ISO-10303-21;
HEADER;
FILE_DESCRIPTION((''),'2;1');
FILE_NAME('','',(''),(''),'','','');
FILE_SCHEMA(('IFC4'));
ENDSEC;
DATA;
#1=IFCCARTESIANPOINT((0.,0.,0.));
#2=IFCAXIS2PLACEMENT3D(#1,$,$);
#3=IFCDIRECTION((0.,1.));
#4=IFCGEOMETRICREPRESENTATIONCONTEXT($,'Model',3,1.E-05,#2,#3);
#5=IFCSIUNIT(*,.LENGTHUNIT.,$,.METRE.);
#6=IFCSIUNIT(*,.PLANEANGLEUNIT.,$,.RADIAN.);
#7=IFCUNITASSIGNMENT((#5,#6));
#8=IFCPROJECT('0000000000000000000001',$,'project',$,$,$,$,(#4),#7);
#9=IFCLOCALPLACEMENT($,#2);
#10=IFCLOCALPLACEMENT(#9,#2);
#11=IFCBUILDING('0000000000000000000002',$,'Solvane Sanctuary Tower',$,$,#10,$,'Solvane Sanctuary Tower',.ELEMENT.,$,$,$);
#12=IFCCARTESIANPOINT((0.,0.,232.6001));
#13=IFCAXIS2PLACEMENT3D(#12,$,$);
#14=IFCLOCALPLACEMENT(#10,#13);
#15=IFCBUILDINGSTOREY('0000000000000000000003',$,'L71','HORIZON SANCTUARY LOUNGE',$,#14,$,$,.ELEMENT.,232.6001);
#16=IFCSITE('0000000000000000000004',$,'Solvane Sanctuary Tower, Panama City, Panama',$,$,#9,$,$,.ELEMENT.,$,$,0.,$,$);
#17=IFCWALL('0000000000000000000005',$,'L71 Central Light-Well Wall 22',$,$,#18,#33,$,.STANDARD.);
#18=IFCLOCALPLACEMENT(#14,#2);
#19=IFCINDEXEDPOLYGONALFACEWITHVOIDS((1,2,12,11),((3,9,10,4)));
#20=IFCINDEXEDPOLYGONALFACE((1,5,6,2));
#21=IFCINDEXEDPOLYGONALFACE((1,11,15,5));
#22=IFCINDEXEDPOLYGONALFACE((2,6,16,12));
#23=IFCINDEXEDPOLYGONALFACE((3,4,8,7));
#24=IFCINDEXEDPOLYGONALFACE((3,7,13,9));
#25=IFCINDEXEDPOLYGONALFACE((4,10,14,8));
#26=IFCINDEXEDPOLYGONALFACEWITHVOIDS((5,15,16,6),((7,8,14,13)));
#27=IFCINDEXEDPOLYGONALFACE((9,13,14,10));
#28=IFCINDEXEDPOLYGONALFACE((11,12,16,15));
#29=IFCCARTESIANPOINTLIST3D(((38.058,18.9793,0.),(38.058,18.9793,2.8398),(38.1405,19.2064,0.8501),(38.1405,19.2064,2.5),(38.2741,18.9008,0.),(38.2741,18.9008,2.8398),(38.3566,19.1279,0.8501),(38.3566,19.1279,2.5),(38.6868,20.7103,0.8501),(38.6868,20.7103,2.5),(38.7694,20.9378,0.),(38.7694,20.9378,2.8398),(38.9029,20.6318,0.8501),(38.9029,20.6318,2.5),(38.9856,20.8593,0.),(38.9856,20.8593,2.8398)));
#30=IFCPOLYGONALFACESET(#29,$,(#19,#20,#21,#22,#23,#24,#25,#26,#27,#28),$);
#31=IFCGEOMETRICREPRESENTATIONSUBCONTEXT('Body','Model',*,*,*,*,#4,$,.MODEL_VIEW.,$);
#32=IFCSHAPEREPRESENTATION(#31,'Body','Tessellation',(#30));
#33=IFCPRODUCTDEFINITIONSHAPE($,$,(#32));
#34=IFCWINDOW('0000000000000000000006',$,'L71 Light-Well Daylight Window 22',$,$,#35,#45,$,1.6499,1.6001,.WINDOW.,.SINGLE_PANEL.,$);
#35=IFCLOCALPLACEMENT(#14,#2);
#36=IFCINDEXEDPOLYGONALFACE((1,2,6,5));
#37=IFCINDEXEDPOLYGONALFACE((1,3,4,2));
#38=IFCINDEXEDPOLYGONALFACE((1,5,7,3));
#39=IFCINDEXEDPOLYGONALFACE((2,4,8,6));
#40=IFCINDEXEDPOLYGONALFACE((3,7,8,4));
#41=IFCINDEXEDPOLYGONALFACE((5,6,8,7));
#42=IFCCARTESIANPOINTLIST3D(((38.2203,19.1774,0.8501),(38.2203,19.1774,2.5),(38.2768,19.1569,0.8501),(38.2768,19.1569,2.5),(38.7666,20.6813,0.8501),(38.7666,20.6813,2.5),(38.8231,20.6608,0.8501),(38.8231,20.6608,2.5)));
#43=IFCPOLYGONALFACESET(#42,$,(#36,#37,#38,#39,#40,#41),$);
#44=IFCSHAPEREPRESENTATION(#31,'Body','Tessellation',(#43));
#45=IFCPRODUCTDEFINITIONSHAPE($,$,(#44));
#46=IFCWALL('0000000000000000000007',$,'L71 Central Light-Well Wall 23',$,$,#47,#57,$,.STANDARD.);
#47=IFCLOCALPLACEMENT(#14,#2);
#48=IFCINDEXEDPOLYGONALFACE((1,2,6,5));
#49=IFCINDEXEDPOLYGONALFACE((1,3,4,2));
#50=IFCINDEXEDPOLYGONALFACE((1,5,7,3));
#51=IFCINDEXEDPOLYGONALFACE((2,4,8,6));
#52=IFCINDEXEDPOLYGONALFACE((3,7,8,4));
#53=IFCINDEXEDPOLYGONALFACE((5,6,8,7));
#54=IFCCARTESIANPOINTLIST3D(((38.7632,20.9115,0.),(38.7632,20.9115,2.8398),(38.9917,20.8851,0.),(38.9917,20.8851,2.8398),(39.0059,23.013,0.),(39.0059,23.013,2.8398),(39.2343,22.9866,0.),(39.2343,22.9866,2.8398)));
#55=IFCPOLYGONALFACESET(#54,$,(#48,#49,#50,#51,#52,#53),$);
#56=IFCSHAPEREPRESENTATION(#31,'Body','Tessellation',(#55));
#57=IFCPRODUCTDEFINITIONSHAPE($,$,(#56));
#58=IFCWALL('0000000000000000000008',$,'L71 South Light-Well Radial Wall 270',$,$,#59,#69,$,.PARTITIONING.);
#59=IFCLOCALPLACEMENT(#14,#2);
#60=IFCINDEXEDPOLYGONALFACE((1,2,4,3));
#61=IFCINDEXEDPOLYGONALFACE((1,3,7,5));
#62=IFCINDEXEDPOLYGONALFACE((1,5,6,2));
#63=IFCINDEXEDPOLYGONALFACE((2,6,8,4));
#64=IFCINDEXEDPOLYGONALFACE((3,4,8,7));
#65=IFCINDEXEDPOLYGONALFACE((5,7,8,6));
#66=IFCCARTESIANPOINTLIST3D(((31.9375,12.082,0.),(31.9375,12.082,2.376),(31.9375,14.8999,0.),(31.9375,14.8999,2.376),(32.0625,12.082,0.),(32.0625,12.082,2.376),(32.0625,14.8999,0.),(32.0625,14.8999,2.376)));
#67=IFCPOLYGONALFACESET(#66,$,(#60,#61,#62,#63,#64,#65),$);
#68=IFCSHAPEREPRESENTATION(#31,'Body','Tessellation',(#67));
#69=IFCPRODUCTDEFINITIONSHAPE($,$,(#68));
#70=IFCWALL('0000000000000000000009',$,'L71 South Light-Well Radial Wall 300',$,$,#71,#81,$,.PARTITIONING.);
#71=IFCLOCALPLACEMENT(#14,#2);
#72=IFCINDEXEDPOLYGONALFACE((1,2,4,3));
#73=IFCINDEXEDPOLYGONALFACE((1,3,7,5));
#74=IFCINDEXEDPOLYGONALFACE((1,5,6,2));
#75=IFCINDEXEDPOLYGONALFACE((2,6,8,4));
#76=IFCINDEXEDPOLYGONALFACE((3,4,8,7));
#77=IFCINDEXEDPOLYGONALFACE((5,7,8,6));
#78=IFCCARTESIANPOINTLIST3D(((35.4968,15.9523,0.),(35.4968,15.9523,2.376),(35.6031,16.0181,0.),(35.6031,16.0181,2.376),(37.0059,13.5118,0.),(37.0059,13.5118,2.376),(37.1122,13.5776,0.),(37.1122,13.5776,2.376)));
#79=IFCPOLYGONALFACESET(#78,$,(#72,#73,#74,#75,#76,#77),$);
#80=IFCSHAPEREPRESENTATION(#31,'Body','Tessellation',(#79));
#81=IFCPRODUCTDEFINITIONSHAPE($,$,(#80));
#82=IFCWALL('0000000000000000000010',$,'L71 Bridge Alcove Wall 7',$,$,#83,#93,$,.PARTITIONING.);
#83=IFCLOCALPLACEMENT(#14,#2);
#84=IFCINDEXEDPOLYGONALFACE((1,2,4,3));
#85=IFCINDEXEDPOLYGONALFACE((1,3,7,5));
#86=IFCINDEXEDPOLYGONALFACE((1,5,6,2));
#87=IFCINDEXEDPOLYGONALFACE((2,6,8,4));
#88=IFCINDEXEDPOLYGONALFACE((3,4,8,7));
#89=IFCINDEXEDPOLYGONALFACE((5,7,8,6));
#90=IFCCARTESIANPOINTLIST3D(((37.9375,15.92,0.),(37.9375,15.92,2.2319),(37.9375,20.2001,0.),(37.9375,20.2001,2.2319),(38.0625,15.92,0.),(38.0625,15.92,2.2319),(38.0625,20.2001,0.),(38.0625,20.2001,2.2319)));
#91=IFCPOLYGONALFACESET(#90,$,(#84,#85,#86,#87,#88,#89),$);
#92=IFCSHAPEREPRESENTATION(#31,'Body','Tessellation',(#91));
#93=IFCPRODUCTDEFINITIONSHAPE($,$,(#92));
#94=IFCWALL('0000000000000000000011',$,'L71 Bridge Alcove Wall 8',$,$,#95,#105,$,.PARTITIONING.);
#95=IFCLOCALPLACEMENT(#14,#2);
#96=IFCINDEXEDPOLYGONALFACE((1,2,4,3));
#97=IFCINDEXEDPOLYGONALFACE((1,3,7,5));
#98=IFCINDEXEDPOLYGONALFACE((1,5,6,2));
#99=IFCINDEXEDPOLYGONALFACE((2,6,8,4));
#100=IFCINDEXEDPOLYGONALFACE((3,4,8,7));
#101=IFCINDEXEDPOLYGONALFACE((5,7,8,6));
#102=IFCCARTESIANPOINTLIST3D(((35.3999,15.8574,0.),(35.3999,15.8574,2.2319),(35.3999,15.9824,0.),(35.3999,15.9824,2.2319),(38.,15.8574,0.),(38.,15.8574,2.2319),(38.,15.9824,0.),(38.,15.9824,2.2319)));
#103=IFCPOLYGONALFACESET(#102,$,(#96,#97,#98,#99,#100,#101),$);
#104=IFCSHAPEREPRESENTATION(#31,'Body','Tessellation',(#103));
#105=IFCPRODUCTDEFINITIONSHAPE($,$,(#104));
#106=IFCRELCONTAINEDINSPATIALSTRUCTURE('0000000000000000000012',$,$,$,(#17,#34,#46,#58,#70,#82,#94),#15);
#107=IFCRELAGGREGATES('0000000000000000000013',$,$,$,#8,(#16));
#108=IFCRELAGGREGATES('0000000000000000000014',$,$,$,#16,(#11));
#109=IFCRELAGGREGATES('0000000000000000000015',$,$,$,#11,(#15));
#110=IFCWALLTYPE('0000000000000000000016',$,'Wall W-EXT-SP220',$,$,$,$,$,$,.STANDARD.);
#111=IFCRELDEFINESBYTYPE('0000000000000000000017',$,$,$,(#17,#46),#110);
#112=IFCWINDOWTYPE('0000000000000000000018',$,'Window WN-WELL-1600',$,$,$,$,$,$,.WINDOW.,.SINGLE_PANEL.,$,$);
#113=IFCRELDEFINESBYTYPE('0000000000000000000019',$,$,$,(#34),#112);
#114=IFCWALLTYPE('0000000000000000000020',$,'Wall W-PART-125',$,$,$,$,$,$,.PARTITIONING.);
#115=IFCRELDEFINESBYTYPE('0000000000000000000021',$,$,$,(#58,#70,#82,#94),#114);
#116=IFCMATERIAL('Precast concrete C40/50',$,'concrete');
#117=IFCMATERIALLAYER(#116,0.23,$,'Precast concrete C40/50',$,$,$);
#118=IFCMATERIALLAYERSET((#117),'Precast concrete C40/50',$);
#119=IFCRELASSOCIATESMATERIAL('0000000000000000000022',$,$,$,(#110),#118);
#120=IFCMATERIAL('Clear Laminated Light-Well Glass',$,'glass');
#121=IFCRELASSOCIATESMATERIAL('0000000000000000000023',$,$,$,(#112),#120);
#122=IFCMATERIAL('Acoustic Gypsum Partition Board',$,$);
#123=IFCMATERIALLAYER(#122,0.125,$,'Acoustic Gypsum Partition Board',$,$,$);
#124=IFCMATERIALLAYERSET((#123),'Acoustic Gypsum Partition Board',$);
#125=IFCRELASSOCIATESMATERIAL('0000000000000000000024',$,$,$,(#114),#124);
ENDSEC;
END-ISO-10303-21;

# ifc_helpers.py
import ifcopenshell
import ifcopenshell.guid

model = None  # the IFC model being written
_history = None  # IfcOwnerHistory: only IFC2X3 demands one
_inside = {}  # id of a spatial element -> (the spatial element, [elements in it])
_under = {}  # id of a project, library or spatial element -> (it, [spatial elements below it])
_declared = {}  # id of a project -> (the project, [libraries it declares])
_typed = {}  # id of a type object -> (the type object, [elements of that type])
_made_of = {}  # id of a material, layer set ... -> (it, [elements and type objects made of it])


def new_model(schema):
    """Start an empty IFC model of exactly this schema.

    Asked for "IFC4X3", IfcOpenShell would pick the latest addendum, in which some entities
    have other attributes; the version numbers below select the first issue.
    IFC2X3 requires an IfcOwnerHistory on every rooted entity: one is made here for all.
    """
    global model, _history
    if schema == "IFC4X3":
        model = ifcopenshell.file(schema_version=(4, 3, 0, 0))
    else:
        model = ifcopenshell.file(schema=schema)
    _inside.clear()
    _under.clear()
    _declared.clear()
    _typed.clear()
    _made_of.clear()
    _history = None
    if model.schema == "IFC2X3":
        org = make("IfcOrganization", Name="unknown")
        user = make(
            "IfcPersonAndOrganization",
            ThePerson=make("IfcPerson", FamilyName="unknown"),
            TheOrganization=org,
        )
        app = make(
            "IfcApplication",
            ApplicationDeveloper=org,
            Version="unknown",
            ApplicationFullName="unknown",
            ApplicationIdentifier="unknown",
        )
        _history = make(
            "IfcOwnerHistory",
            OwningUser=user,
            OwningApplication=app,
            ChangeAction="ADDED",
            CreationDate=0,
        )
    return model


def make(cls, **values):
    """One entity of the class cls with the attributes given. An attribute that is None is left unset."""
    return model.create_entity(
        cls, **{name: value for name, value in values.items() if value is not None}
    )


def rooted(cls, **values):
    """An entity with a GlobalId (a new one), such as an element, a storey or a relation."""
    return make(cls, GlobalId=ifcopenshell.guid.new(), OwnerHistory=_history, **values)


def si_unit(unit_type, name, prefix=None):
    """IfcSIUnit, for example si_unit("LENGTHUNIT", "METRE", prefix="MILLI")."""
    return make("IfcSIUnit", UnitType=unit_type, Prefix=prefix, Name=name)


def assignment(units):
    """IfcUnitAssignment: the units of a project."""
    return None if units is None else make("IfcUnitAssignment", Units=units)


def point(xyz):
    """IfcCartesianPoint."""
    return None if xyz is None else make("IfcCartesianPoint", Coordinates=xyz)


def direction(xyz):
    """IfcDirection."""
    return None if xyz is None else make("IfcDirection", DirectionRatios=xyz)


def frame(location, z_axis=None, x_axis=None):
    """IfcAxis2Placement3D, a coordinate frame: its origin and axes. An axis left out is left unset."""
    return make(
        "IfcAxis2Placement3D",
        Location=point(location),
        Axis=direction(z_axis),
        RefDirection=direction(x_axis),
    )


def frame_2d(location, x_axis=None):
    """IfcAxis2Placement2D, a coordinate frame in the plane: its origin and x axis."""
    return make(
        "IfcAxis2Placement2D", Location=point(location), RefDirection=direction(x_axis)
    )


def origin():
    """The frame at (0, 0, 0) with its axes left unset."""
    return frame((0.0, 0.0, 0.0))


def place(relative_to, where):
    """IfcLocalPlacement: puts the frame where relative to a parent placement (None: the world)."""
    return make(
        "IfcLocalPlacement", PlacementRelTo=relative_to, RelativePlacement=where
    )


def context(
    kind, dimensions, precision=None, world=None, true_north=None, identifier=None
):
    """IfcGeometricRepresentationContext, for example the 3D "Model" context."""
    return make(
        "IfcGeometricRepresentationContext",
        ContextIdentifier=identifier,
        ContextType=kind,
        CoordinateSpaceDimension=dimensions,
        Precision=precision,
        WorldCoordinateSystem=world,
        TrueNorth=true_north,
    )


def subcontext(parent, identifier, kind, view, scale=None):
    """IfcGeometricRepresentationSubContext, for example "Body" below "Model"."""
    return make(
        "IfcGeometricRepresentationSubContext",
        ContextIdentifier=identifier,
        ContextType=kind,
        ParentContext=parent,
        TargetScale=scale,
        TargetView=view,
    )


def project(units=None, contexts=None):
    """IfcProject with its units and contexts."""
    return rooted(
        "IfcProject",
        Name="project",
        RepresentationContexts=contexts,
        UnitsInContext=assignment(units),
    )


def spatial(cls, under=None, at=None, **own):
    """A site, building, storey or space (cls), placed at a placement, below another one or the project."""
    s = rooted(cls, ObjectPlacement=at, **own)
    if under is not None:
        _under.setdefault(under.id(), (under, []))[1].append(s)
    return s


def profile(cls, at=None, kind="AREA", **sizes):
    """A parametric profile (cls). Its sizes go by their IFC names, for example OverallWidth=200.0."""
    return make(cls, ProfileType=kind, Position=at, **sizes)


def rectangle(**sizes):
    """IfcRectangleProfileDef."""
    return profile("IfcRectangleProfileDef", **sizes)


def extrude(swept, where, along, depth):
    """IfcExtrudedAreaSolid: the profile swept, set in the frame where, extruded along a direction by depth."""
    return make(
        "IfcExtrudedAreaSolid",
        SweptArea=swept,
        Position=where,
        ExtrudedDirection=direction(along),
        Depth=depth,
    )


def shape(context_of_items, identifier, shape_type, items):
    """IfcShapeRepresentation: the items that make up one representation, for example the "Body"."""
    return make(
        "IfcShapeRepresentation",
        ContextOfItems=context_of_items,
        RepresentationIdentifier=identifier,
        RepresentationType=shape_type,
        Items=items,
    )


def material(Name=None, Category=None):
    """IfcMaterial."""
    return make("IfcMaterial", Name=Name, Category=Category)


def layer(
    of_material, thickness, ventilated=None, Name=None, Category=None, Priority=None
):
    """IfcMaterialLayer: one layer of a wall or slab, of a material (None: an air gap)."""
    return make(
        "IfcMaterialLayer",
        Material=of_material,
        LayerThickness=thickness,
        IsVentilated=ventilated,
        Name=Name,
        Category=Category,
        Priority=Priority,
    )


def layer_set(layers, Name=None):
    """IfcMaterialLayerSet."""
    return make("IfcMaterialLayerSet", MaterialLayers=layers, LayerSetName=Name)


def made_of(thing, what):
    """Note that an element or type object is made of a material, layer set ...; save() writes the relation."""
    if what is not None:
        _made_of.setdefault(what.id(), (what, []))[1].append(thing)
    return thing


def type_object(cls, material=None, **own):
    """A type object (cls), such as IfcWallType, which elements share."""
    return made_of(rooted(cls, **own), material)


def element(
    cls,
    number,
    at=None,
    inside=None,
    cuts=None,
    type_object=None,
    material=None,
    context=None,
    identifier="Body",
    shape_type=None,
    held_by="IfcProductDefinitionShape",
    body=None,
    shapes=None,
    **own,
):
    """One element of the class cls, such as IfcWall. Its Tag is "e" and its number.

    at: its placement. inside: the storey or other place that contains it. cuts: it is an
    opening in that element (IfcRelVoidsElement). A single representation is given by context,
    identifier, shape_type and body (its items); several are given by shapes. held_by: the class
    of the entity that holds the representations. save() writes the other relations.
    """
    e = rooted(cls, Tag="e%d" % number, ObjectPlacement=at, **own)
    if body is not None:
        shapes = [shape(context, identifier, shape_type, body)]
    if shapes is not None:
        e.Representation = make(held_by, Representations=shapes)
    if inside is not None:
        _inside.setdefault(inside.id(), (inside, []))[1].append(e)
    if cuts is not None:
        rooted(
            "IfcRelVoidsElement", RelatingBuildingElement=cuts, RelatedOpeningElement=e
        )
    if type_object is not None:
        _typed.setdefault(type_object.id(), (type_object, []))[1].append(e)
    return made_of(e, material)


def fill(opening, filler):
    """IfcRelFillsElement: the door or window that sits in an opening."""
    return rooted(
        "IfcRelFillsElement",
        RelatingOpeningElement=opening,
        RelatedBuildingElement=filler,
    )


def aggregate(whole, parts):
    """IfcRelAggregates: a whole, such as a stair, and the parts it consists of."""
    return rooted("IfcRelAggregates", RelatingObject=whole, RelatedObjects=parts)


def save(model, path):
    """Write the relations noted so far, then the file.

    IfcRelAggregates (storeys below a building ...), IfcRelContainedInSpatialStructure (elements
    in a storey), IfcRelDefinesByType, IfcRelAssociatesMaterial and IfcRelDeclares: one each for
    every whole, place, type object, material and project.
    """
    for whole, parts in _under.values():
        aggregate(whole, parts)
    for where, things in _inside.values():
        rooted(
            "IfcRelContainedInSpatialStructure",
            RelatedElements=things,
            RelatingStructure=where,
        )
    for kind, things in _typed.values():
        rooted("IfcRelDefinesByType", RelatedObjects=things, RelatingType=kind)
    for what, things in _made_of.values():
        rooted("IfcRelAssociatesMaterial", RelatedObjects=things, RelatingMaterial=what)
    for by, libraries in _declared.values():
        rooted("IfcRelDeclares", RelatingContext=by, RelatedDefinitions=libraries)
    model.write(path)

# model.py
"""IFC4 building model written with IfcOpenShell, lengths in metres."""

from ifc_helpers import new_model, si_unit, direction, frame, frame_2d, origin, place, context, subcontext, project, spatial, rectangle, extrude, material, layer, layer_set, type_object, element, fill, save


model = new_model("IFC4")

# Units and contexts
model_context = context("Model", 3, precision=1e-05, world=origin(), true_north=direction((0.0, 1.0)))
body_context = subcontext(model_context, "Body", "Model", "MODEL_VIEW")
ifc_project = project(units=[si_unit("LENGTHUNIT", "METRE"), si_unit("PLANEANGLEUNIT", "RADIAN")], contexts=[model_context])

# Site, building, storey
site_placement = place(None, origin())
site = spatial("IfcSite", under=ifc_project, at=site_placement, Name="Solvane Sanctuary Tower, Panama City, Panama", CompositionType="ELEMENT", RefElevation=0.0)
building_placement = place(site_placement, origin())
building = spatial("IfcBuilding", under=site, at=building_placement, Name="Solvane Sanctuary Tower", LongName="Solvane Sanctuary Tower", CompositionType="ELEMENT")
storey_placement = place(building_placement, frame((0.0, 0.0, 232.6001)))
storey = spatial("IfcBuildingStorey", under=building, at=storey_placement, Name="L71", Description="HORIZON SANCTUARY LOUNGE", CompositionType="ELEMENT", Elevation=232.6001)

# Shared definitions
ifc_material_1 = material(Name="Precast concrete C40/50", Category="concrete")
ifc_layer_1 = layer(ifc_material_1, 0.23, Name="Precast concrete C40/50")
ifc_layer_set_1 = layer_set([ifc_layer_1], Name="Precast concrete C40/50")
wall_type_1 = type_object("IfcWallType", Name="Wall W-EXT-SP220", PredefinedType="STANDARD", material=ifc_layer_set_1)

# Wall, opening, window
wall_1_placement = place(storey_placement, frame((38.166, 18.9399, 0.0), z_axis=(0.0, 0.0, 1.0), x_axis=(0.341423, 0.93991, 0.0)))
wall_1 = element("IfcWall", 1, at=wall_1_placement, inside=storey, type_object=wall_type_1, Name="L71 Central Light-Well Wall 22", PredefinedType="STANDARD", context=body_context, shape_type="SweptSolid", body=[
    extrude(rectangle(XDim=2.0837, YDim=0.23, at=frame_2d((1.042, 0.0))), origin(), (0.0, 0.0, 1.0), 2.8398),
])
opening_placement = place(wall_1_placement, frame((0.2417, 0.0, 0.8501)))
opening = element("IfcOpeningElement", 2, at=opening_placement, cuts=wall_1, PredefinedType="OPENING", context=body_context, shape_type="SweptSolid", body=[
    extrude(rectangle(XDim=1.6001, YDim=1.6499, at=frame_2d((0.8, 0.825))), frame((0.0, 0.125, 0.0), z_axis=(0.0, -1.0, 0.0), x_axis=(1.0, 0.0, 0.0)), (0.0, 0.0, 1.0), 0.25),
])
ifc_material_2 = material(Name="Clear Laminated Light-Well Glass", Category="glass")
window_type = type_object("IfcWindowType", Name="Window WN-WELL-1600", PartitioningType="SINGLE_PANEL", PredefinedType="WINDOW", material=ifc_material_2)
window_placement = place(opening_placement, origin())
window = element("IfcWindow", 3, at=window_placement, inside=storey, type_object=window_type, Name="L71 Light-Well Daylight Window 22", OverallHeight=1.6499, OverallWidth=1.6001, PartitioningType="SINGLE_PANEL", PredefinedType="WINDOW", context=body_context, shape_type="SweptSolid", body=[
    extrude(rectangle(XDim=1.6001, YDim=1.6499, at=frame_2d((0.8, 0.825))), frame((0.0, 0.03, 0.0), z_axis=(0.0, -1.0, 0.0), x_axis=(1.0, 0.0, 0.0)), (0.0, 0.0, 1.0), 0.0601),
])
fill(opening, window)

# Walls
wall_2_placement = place(storey_placement, frame((38.8774, 20.8984, 0.0), z_axis=(0.0, 0.0, 1.0), x_axis=(0.114712, 0.993399, 0.0)))
element("IfcWall", 4, at=wall_2_placement, inside=storey, type_object=wall_type_1, Name="L71 Central Light-Well Wall 23", PredefinedType="STANDARD", context=body_context, shape_type="SweptSolid", body=[
    extrude(rectangle(XDim=2.1155, YDim=0.23, at=frame_2d((1.0576, 0.0))), origin(), (0.0, 0.0, 1.0), 2.8398),
])
ifc_material_3 = material(Name="Acoustic Gypsum Partition Board")
ifc_layer_2 = layer(ifc_material_3, 0.125, Name="Acoustic Gypsum Partition Board")
ifc_layer_set_2 = layer_set([ifc_layer_2], Name="Acoustic Gypsum Partition Board")
wall_type_2 = type_object("IfcWallType", Name="Wall W-PART-125", PredefinedType="PARTITIONING", material=ifc_layer_set_2)
wall_3_placement = place(storey_placement, frame((32.0, 14.8999, 0.0), z_axis=(0.0, 0.0, 1.0), x_axis=(0.0, -1.0, 0.0)))
element("IfcWall", 5, at=wall_3_placement, inside=storey, type_object=wall_type_2, Name="L71 South Light-Well Radial Wall 270", PredefinedType="PARTITIONING", context=body_context, shape_type="SweptSolid", body=[
    extrude(rectangle(XDim=2.8179, YDim=0.125, at=frame_2d((1.4089, 0.0))), origin(), (0.0, 0.0, 1.0), 2.376),
])
wall_4_placement = place(storey_placement, frame((35.55, 15.9851, 0.0), z_axis=(0.0, 0.0, 1.0), x_axis=(0.525924, -0.850532, 0.0)))
element("IfcWall", 6, at=wall_4_placement, inside=storey, type_object=wall_type_2, Name="L71 South Light-Well Radial Wall 300", PredefinedType="PARTITIONING", context=body_context, shape_type="SweptSolid", body=[
    extrude(rectangle(XDim=2.8694, YDim=0.125, at=frame_2d((1.4346, 0.0))), origin(), (0.0, 0.0, 1.0), 2.376),
])
wall_5_placement = place(storey_placement, frame((38.0, 15.9199, 0.0), z_axis=(0.0, 0.0, 1.0), x_axis=(0.0, 1.0, 0.0)))
element("IfcWall", 7, at=wall_5_placement, inside=storey, type_object=wall_type_2, Name="L71 Bridge Alcove Wall 7", PredefinedType="PARTITIONING", context=body_context, shape_type="SweptSolid", body=[
    extrude(rectangle(XDim=4.28, YDim=0.125, at=frame_2d((2.1401, 0.0))), origin(), (0.0, 0.0, 1.0), 2.2319),
])
wall_6_placement = place(storey_placement, frame((35.3999, 15.9199, 0.0), z_axis=(0.0, 0.0, 1.0), x_axis=(1.0, 0.0, 0.0)))
element("IfcWall", 8, at=wall_6_placement, inside=storey, type_object=wall_type_2, Name="L71 Bridge Alcove Wall 8", PredefinedType="PARTITIONING", context=body_context, shape_type="SweptSolid", body=[
    extrude(rectangle(XDim=2.6001, YDim=0.125, at=frame_2d((1.3, 0.0))), origin(), (0.0, 0.0, 1.0), 2.2319),
])

save(model, "model.ifc")
